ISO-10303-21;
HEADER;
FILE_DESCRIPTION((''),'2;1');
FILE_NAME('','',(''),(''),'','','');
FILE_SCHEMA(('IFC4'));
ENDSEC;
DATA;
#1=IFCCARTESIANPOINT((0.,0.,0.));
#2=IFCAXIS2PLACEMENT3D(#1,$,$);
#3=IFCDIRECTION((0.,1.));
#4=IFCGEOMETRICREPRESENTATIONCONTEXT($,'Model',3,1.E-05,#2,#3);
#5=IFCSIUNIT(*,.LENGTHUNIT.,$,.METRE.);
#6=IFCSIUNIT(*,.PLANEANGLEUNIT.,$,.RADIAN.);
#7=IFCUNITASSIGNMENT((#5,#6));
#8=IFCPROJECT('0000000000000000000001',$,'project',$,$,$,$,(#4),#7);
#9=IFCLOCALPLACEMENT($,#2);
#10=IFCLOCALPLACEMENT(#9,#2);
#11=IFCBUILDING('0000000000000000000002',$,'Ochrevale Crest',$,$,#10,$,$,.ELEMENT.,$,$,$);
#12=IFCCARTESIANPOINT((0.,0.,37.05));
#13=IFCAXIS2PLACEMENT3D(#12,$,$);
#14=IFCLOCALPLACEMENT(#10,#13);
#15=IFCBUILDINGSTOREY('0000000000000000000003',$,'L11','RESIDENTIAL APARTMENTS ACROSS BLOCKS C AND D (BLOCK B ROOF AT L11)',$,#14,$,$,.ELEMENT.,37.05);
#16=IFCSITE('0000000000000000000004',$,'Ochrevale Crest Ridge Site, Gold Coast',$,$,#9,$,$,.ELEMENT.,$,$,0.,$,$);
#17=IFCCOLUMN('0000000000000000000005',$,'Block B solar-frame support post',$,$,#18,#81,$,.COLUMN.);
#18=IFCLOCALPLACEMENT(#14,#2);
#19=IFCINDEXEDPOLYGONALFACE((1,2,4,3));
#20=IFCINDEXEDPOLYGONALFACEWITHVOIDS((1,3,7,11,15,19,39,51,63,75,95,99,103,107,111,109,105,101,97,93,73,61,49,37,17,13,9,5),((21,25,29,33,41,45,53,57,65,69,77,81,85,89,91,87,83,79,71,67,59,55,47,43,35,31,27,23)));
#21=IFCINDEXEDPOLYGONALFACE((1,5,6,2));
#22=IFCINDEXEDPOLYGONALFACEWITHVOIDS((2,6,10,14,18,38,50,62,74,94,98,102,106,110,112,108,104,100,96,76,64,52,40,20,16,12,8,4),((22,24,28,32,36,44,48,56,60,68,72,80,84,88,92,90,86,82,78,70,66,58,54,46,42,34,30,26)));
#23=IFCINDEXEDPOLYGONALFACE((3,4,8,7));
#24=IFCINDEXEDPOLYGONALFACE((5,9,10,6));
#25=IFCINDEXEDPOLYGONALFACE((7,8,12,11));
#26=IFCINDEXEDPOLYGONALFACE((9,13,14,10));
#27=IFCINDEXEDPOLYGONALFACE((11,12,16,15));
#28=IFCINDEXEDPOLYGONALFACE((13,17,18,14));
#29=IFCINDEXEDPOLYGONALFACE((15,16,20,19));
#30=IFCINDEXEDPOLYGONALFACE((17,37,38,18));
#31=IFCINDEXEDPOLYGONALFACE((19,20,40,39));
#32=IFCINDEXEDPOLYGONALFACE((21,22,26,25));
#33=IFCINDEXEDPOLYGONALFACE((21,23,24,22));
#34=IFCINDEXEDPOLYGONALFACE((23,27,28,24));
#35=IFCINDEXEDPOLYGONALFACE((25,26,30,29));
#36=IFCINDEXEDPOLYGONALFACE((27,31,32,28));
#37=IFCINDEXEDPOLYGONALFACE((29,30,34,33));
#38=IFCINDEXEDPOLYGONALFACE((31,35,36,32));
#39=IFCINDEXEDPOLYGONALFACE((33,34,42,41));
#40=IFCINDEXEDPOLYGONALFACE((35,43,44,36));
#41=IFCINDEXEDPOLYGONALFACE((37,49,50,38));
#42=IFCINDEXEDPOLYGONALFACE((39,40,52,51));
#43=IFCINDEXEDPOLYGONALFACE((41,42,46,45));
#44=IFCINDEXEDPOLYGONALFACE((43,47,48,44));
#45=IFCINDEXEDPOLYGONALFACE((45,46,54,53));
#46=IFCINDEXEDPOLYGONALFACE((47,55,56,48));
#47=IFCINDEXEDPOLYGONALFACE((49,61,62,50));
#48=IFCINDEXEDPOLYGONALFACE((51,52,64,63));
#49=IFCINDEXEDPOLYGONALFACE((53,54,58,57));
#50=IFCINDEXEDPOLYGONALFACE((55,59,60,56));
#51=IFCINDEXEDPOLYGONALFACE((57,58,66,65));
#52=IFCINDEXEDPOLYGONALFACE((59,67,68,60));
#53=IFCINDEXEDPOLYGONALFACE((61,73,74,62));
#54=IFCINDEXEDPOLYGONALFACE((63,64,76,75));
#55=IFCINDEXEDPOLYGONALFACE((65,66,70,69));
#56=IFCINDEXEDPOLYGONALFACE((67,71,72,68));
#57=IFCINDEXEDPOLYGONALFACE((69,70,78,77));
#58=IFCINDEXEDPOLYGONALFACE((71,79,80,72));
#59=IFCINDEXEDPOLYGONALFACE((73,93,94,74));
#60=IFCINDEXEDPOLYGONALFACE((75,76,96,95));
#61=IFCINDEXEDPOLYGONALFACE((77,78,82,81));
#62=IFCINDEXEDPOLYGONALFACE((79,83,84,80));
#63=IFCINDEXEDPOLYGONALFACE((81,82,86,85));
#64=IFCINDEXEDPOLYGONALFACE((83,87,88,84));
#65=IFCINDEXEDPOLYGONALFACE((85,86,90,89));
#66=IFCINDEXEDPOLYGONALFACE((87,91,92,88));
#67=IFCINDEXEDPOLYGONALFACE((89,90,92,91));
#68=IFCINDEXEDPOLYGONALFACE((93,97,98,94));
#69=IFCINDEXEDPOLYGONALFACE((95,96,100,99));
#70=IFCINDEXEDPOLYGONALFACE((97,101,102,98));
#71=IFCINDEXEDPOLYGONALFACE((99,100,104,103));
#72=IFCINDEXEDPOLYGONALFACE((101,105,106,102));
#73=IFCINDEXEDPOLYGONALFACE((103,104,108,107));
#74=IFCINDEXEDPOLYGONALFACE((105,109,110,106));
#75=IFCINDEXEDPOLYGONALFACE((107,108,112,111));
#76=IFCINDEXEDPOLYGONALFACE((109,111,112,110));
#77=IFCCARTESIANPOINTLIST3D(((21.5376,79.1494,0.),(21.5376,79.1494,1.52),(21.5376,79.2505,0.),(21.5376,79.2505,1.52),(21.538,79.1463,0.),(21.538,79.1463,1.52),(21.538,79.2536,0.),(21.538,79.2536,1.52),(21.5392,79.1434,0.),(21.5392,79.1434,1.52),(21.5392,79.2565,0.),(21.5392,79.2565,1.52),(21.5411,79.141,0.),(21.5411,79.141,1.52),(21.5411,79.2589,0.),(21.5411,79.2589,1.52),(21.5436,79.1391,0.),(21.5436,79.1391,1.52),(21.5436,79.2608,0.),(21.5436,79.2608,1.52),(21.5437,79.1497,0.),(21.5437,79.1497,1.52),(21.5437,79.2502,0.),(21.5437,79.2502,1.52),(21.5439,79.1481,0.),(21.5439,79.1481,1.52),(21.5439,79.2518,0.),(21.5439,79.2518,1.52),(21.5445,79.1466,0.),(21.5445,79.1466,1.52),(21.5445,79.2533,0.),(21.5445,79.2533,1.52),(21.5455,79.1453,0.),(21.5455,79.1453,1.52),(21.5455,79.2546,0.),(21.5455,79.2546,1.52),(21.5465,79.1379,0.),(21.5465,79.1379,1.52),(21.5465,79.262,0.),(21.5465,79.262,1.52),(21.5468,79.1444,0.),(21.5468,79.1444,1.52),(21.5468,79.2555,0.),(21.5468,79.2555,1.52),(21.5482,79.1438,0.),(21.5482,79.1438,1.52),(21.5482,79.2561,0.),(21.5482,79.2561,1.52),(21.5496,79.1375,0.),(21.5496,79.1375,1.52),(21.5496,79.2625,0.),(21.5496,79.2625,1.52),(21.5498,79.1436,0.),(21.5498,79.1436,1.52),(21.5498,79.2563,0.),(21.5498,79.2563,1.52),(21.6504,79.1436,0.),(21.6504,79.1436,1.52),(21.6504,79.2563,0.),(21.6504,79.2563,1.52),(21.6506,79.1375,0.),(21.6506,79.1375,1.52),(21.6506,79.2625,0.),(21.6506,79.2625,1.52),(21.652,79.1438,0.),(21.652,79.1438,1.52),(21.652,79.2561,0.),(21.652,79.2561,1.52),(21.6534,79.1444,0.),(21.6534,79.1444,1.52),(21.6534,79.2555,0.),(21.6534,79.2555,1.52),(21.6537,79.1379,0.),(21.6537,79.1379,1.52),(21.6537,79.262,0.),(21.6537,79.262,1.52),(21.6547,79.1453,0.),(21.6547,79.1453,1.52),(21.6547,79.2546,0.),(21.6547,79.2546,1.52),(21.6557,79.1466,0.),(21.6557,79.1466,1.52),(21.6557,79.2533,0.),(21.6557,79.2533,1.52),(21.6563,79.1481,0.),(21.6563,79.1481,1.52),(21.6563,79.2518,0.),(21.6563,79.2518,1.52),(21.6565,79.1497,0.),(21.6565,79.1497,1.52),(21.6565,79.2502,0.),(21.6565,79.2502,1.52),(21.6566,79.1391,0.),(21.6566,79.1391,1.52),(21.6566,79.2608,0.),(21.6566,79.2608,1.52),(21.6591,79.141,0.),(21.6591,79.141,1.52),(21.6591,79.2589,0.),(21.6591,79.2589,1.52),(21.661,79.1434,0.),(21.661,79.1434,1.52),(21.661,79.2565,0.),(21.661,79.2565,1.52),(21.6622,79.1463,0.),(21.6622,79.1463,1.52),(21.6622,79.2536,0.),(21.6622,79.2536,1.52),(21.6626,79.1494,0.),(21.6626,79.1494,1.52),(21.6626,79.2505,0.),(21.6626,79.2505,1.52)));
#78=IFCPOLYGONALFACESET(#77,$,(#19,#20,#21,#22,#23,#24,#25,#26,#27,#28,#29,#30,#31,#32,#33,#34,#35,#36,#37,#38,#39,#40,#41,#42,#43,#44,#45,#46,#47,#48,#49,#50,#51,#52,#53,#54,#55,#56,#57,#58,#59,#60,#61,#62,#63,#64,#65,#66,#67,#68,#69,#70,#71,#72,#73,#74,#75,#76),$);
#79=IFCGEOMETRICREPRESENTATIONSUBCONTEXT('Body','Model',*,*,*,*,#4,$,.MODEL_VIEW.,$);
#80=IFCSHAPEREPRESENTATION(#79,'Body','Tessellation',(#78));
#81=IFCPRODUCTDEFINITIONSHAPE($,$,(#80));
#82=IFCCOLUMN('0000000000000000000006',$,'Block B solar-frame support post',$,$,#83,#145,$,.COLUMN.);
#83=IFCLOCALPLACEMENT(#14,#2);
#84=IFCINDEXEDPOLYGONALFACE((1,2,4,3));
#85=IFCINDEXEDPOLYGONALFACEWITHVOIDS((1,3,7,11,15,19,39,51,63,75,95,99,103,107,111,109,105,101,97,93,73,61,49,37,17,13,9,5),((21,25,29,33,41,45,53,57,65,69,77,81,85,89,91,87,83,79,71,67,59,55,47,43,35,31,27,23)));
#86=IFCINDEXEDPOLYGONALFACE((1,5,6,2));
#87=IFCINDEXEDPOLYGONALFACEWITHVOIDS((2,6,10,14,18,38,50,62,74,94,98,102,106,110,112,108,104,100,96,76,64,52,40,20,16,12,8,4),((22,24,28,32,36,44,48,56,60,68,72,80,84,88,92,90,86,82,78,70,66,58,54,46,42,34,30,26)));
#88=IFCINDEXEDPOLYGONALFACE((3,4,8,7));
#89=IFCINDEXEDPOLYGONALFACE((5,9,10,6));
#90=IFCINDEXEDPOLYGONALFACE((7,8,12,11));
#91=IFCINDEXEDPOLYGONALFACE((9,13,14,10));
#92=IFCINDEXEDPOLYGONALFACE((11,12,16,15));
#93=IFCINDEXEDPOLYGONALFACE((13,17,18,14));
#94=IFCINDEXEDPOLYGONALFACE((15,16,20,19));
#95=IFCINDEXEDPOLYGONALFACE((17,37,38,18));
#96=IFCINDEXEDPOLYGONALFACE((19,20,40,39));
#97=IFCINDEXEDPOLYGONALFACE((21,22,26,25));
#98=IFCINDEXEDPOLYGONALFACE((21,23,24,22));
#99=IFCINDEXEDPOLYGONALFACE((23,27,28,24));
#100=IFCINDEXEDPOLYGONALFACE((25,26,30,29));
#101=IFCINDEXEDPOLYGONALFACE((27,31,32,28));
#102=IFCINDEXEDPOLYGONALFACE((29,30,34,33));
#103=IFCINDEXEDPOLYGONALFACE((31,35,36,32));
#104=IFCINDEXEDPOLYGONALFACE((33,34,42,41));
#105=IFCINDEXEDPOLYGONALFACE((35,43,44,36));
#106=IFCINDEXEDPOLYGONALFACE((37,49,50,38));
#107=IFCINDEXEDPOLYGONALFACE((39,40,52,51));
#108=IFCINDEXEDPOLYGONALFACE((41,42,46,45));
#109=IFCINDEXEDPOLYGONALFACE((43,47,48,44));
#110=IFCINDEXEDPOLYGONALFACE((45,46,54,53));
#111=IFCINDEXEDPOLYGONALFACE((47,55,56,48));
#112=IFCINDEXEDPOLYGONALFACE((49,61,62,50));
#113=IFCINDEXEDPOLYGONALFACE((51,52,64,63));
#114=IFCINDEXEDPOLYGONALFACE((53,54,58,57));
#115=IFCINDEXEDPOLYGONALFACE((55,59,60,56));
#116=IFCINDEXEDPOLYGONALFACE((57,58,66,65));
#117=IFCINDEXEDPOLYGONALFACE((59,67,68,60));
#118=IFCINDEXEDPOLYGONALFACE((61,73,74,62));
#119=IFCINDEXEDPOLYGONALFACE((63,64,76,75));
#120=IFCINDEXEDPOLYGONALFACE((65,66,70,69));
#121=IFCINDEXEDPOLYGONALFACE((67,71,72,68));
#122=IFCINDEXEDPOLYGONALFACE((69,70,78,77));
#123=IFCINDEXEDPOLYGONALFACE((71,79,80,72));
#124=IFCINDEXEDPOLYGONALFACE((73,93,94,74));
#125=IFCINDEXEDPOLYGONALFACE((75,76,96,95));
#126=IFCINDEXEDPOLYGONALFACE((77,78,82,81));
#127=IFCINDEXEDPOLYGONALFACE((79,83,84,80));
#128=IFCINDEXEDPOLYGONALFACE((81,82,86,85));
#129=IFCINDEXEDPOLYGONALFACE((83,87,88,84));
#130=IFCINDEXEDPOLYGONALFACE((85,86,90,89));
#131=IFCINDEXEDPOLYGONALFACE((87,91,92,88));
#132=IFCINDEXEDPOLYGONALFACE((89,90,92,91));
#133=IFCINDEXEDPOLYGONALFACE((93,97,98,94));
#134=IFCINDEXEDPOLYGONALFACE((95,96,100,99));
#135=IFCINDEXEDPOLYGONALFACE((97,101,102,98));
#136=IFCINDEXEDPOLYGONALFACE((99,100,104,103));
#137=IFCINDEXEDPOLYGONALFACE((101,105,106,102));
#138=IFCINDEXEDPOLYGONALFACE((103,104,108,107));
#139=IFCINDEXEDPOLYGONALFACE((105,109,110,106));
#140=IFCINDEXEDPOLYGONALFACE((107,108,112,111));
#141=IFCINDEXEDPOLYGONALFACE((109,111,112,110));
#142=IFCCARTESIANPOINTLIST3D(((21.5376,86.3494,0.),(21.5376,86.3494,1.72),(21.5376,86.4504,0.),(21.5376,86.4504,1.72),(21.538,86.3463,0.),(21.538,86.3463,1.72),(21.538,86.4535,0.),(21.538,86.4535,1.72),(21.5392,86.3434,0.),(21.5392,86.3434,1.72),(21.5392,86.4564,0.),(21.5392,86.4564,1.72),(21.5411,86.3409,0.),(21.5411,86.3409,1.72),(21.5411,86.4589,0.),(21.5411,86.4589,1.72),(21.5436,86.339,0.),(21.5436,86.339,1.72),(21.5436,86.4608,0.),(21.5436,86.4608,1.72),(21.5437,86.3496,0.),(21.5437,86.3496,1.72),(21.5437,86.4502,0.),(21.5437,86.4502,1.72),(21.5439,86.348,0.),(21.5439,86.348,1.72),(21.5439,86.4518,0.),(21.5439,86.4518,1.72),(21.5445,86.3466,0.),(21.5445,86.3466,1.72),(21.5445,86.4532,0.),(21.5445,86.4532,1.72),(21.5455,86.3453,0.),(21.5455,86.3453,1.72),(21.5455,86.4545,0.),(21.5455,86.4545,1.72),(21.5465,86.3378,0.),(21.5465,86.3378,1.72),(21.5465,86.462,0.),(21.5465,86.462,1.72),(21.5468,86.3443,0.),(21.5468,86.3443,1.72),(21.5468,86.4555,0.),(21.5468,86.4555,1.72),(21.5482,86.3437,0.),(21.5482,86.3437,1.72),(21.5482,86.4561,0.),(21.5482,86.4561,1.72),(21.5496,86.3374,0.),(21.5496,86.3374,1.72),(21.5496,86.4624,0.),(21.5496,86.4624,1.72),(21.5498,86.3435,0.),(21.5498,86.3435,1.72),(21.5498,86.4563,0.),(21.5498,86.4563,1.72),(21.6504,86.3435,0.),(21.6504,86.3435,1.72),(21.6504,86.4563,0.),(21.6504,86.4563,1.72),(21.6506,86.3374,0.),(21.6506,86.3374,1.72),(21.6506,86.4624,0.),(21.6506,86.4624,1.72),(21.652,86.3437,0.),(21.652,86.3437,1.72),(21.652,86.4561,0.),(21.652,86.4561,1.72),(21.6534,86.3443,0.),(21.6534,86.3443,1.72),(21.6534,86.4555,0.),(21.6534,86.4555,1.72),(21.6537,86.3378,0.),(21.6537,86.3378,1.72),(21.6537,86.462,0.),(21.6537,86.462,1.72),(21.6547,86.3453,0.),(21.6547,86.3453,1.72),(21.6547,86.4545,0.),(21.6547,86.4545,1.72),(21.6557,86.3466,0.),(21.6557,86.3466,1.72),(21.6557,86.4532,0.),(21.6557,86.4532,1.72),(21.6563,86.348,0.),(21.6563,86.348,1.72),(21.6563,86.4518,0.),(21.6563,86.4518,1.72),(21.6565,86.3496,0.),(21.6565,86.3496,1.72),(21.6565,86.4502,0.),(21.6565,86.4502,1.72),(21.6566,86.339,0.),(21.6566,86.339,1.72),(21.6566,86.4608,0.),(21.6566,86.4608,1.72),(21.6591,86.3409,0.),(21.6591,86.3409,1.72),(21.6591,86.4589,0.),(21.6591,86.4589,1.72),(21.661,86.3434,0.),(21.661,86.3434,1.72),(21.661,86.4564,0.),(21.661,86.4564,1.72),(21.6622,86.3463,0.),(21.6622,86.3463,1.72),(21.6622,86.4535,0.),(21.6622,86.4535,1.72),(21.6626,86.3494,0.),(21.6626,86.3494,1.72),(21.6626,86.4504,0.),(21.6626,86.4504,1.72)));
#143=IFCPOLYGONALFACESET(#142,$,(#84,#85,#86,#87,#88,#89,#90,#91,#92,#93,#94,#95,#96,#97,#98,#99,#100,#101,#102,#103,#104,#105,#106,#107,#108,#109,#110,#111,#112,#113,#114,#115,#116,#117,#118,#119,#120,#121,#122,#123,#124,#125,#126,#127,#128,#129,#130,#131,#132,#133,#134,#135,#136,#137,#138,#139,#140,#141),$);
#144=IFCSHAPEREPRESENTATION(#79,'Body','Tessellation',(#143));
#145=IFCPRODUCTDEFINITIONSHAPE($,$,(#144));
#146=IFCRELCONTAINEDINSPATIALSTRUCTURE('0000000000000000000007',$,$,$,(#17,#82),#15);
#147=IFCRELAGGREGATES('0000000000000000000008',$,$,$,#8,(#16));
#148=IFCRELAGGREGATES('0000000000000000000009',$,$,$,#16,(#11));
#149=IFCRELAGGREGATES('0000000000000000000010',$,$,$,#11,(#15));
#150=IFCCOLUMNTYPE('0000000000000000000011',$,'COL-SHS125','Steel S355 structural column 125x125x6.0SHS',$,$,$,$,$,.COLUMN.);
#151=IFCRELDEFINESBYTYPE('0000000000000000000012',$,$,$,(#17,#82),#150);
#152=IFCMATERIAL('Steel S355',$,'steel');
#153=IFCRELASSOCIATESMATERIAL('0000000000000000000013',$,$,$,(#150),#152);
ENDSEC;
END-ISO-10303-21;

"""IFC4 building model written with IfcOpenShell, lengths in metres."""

from ifc_helpers import new_model, si_unit, direction, frame, origin, origin_2d, place, context, subcontext, project, spatial, hollow_rectangle, extrude, material, material_profile, profile_set, type_object, element, save


model = new_model("IFC4")

# Units and contexts
model_context = context("Model", 3, precision=1e-05, world=origin(), true_north=direction((0.0, 1.0)))
body_context = subcontext(model_context, "Body", "Model", "MODEL_VIEW")
ifc_project = project(units=[si_unit("LENGTHUNIT", "METRE"), si_unit("PLANEANGLEUNIT", "RADIAN")], contexts=[model_context])

# Site, building, storey
site_placement = place(None, origin())
site = spatial("IfcSite", under=ifc_project, at=site_placement, Name="Ochrevale Crest Ridge Site, Gold Coast", CompositionType="ELEMENT", RefElevation=0.0)
building_placement = place(site_placement, origin())
building = spatial("IfcBuilding", under=site, at=building_placement, Name="Ochrevale Crest", CompositionType="ELEMENT")
storey_placement = place(building_placement, frame((0.0, 0.0, 37.05)))
storey = spatial("IfcBuildingStorey", under=building, at=storey_placement, Name="L11", Description="RESIDENTIAL APARTMENTS ACROSS BLOCKS C AND D (BLOCK B ROOF AT L11)", CompositionType="ELEMENT", Elevation=37.05)

# Columns
ifc_material_1 = material(Name="Steel S355", Category="steel")
ifc_material_profile_1 = material_profile(ifc_material_1, hollow_rectangle(XDim=0.125, YDim=0.125, WallThickness=0.0061, InnerFilletRadius=0.0061, OuterFilletRadius=0.012, at=origin_2d()), Name="125x125x6.0SHS")
ifc_profile_set_1 = profile_set([ifc_material_profile_1], Name="Steel S355")
column_type = type_object("IfcColumnType", Name="COL-SHS125", Description="Steel S355 structural column 125x125x6.0SHS", PredefinedType="COLUMN", material=ifc_profile_set_1)
column_1_placement = place(storey_placement, frame((21.6001, 79.2, 0.0), z_axis=(0.0, 0.0, 1.0), x_axis=(1.0, 0.0, 0.0)))
element("IfcColumn", 1, at=column_1_placement, inside=storey, type_object=column_type, Name="Block B solar-frame support post", PredefinedType="COLUMN", context=body_context, shape_type="SweptSolid", body=[
    extrude(hollow_rectangle(XDim=0.125, YDim=0.125, WallThickness=0.0061, InnerFilletRadius=0.0061, OuterFilletRadius=0.012, at=origin_2d()), origin(), (0.0, 0.0, 1.0), 1.52),
])
column_2_placement = place(storey_placement, frame((21.6001, 86.3999, 0.0), z_axis=(0.0, 0.0, 1.0), x_axis=(1.0, 0.0, 0.0)))
element("IfcColumn", 2, at=column_2_placement, inside=storey, type_object=column_type, Name="Block B solar-frame support post", PredefinedType="COLUMN", context=body_context, shape_type="SweptSolid", body=[
    extrude(hollow_rectangle(XDim=0.125, YDim=0.125, WallThickness=0.0061, InnerFilletRadius=0.0061, OuterFilletRadius=0.012, at=origin_2d()), origin(), (0.0, 0.0, 1.0), 1.72),
])

save(model, "model.ifc")
